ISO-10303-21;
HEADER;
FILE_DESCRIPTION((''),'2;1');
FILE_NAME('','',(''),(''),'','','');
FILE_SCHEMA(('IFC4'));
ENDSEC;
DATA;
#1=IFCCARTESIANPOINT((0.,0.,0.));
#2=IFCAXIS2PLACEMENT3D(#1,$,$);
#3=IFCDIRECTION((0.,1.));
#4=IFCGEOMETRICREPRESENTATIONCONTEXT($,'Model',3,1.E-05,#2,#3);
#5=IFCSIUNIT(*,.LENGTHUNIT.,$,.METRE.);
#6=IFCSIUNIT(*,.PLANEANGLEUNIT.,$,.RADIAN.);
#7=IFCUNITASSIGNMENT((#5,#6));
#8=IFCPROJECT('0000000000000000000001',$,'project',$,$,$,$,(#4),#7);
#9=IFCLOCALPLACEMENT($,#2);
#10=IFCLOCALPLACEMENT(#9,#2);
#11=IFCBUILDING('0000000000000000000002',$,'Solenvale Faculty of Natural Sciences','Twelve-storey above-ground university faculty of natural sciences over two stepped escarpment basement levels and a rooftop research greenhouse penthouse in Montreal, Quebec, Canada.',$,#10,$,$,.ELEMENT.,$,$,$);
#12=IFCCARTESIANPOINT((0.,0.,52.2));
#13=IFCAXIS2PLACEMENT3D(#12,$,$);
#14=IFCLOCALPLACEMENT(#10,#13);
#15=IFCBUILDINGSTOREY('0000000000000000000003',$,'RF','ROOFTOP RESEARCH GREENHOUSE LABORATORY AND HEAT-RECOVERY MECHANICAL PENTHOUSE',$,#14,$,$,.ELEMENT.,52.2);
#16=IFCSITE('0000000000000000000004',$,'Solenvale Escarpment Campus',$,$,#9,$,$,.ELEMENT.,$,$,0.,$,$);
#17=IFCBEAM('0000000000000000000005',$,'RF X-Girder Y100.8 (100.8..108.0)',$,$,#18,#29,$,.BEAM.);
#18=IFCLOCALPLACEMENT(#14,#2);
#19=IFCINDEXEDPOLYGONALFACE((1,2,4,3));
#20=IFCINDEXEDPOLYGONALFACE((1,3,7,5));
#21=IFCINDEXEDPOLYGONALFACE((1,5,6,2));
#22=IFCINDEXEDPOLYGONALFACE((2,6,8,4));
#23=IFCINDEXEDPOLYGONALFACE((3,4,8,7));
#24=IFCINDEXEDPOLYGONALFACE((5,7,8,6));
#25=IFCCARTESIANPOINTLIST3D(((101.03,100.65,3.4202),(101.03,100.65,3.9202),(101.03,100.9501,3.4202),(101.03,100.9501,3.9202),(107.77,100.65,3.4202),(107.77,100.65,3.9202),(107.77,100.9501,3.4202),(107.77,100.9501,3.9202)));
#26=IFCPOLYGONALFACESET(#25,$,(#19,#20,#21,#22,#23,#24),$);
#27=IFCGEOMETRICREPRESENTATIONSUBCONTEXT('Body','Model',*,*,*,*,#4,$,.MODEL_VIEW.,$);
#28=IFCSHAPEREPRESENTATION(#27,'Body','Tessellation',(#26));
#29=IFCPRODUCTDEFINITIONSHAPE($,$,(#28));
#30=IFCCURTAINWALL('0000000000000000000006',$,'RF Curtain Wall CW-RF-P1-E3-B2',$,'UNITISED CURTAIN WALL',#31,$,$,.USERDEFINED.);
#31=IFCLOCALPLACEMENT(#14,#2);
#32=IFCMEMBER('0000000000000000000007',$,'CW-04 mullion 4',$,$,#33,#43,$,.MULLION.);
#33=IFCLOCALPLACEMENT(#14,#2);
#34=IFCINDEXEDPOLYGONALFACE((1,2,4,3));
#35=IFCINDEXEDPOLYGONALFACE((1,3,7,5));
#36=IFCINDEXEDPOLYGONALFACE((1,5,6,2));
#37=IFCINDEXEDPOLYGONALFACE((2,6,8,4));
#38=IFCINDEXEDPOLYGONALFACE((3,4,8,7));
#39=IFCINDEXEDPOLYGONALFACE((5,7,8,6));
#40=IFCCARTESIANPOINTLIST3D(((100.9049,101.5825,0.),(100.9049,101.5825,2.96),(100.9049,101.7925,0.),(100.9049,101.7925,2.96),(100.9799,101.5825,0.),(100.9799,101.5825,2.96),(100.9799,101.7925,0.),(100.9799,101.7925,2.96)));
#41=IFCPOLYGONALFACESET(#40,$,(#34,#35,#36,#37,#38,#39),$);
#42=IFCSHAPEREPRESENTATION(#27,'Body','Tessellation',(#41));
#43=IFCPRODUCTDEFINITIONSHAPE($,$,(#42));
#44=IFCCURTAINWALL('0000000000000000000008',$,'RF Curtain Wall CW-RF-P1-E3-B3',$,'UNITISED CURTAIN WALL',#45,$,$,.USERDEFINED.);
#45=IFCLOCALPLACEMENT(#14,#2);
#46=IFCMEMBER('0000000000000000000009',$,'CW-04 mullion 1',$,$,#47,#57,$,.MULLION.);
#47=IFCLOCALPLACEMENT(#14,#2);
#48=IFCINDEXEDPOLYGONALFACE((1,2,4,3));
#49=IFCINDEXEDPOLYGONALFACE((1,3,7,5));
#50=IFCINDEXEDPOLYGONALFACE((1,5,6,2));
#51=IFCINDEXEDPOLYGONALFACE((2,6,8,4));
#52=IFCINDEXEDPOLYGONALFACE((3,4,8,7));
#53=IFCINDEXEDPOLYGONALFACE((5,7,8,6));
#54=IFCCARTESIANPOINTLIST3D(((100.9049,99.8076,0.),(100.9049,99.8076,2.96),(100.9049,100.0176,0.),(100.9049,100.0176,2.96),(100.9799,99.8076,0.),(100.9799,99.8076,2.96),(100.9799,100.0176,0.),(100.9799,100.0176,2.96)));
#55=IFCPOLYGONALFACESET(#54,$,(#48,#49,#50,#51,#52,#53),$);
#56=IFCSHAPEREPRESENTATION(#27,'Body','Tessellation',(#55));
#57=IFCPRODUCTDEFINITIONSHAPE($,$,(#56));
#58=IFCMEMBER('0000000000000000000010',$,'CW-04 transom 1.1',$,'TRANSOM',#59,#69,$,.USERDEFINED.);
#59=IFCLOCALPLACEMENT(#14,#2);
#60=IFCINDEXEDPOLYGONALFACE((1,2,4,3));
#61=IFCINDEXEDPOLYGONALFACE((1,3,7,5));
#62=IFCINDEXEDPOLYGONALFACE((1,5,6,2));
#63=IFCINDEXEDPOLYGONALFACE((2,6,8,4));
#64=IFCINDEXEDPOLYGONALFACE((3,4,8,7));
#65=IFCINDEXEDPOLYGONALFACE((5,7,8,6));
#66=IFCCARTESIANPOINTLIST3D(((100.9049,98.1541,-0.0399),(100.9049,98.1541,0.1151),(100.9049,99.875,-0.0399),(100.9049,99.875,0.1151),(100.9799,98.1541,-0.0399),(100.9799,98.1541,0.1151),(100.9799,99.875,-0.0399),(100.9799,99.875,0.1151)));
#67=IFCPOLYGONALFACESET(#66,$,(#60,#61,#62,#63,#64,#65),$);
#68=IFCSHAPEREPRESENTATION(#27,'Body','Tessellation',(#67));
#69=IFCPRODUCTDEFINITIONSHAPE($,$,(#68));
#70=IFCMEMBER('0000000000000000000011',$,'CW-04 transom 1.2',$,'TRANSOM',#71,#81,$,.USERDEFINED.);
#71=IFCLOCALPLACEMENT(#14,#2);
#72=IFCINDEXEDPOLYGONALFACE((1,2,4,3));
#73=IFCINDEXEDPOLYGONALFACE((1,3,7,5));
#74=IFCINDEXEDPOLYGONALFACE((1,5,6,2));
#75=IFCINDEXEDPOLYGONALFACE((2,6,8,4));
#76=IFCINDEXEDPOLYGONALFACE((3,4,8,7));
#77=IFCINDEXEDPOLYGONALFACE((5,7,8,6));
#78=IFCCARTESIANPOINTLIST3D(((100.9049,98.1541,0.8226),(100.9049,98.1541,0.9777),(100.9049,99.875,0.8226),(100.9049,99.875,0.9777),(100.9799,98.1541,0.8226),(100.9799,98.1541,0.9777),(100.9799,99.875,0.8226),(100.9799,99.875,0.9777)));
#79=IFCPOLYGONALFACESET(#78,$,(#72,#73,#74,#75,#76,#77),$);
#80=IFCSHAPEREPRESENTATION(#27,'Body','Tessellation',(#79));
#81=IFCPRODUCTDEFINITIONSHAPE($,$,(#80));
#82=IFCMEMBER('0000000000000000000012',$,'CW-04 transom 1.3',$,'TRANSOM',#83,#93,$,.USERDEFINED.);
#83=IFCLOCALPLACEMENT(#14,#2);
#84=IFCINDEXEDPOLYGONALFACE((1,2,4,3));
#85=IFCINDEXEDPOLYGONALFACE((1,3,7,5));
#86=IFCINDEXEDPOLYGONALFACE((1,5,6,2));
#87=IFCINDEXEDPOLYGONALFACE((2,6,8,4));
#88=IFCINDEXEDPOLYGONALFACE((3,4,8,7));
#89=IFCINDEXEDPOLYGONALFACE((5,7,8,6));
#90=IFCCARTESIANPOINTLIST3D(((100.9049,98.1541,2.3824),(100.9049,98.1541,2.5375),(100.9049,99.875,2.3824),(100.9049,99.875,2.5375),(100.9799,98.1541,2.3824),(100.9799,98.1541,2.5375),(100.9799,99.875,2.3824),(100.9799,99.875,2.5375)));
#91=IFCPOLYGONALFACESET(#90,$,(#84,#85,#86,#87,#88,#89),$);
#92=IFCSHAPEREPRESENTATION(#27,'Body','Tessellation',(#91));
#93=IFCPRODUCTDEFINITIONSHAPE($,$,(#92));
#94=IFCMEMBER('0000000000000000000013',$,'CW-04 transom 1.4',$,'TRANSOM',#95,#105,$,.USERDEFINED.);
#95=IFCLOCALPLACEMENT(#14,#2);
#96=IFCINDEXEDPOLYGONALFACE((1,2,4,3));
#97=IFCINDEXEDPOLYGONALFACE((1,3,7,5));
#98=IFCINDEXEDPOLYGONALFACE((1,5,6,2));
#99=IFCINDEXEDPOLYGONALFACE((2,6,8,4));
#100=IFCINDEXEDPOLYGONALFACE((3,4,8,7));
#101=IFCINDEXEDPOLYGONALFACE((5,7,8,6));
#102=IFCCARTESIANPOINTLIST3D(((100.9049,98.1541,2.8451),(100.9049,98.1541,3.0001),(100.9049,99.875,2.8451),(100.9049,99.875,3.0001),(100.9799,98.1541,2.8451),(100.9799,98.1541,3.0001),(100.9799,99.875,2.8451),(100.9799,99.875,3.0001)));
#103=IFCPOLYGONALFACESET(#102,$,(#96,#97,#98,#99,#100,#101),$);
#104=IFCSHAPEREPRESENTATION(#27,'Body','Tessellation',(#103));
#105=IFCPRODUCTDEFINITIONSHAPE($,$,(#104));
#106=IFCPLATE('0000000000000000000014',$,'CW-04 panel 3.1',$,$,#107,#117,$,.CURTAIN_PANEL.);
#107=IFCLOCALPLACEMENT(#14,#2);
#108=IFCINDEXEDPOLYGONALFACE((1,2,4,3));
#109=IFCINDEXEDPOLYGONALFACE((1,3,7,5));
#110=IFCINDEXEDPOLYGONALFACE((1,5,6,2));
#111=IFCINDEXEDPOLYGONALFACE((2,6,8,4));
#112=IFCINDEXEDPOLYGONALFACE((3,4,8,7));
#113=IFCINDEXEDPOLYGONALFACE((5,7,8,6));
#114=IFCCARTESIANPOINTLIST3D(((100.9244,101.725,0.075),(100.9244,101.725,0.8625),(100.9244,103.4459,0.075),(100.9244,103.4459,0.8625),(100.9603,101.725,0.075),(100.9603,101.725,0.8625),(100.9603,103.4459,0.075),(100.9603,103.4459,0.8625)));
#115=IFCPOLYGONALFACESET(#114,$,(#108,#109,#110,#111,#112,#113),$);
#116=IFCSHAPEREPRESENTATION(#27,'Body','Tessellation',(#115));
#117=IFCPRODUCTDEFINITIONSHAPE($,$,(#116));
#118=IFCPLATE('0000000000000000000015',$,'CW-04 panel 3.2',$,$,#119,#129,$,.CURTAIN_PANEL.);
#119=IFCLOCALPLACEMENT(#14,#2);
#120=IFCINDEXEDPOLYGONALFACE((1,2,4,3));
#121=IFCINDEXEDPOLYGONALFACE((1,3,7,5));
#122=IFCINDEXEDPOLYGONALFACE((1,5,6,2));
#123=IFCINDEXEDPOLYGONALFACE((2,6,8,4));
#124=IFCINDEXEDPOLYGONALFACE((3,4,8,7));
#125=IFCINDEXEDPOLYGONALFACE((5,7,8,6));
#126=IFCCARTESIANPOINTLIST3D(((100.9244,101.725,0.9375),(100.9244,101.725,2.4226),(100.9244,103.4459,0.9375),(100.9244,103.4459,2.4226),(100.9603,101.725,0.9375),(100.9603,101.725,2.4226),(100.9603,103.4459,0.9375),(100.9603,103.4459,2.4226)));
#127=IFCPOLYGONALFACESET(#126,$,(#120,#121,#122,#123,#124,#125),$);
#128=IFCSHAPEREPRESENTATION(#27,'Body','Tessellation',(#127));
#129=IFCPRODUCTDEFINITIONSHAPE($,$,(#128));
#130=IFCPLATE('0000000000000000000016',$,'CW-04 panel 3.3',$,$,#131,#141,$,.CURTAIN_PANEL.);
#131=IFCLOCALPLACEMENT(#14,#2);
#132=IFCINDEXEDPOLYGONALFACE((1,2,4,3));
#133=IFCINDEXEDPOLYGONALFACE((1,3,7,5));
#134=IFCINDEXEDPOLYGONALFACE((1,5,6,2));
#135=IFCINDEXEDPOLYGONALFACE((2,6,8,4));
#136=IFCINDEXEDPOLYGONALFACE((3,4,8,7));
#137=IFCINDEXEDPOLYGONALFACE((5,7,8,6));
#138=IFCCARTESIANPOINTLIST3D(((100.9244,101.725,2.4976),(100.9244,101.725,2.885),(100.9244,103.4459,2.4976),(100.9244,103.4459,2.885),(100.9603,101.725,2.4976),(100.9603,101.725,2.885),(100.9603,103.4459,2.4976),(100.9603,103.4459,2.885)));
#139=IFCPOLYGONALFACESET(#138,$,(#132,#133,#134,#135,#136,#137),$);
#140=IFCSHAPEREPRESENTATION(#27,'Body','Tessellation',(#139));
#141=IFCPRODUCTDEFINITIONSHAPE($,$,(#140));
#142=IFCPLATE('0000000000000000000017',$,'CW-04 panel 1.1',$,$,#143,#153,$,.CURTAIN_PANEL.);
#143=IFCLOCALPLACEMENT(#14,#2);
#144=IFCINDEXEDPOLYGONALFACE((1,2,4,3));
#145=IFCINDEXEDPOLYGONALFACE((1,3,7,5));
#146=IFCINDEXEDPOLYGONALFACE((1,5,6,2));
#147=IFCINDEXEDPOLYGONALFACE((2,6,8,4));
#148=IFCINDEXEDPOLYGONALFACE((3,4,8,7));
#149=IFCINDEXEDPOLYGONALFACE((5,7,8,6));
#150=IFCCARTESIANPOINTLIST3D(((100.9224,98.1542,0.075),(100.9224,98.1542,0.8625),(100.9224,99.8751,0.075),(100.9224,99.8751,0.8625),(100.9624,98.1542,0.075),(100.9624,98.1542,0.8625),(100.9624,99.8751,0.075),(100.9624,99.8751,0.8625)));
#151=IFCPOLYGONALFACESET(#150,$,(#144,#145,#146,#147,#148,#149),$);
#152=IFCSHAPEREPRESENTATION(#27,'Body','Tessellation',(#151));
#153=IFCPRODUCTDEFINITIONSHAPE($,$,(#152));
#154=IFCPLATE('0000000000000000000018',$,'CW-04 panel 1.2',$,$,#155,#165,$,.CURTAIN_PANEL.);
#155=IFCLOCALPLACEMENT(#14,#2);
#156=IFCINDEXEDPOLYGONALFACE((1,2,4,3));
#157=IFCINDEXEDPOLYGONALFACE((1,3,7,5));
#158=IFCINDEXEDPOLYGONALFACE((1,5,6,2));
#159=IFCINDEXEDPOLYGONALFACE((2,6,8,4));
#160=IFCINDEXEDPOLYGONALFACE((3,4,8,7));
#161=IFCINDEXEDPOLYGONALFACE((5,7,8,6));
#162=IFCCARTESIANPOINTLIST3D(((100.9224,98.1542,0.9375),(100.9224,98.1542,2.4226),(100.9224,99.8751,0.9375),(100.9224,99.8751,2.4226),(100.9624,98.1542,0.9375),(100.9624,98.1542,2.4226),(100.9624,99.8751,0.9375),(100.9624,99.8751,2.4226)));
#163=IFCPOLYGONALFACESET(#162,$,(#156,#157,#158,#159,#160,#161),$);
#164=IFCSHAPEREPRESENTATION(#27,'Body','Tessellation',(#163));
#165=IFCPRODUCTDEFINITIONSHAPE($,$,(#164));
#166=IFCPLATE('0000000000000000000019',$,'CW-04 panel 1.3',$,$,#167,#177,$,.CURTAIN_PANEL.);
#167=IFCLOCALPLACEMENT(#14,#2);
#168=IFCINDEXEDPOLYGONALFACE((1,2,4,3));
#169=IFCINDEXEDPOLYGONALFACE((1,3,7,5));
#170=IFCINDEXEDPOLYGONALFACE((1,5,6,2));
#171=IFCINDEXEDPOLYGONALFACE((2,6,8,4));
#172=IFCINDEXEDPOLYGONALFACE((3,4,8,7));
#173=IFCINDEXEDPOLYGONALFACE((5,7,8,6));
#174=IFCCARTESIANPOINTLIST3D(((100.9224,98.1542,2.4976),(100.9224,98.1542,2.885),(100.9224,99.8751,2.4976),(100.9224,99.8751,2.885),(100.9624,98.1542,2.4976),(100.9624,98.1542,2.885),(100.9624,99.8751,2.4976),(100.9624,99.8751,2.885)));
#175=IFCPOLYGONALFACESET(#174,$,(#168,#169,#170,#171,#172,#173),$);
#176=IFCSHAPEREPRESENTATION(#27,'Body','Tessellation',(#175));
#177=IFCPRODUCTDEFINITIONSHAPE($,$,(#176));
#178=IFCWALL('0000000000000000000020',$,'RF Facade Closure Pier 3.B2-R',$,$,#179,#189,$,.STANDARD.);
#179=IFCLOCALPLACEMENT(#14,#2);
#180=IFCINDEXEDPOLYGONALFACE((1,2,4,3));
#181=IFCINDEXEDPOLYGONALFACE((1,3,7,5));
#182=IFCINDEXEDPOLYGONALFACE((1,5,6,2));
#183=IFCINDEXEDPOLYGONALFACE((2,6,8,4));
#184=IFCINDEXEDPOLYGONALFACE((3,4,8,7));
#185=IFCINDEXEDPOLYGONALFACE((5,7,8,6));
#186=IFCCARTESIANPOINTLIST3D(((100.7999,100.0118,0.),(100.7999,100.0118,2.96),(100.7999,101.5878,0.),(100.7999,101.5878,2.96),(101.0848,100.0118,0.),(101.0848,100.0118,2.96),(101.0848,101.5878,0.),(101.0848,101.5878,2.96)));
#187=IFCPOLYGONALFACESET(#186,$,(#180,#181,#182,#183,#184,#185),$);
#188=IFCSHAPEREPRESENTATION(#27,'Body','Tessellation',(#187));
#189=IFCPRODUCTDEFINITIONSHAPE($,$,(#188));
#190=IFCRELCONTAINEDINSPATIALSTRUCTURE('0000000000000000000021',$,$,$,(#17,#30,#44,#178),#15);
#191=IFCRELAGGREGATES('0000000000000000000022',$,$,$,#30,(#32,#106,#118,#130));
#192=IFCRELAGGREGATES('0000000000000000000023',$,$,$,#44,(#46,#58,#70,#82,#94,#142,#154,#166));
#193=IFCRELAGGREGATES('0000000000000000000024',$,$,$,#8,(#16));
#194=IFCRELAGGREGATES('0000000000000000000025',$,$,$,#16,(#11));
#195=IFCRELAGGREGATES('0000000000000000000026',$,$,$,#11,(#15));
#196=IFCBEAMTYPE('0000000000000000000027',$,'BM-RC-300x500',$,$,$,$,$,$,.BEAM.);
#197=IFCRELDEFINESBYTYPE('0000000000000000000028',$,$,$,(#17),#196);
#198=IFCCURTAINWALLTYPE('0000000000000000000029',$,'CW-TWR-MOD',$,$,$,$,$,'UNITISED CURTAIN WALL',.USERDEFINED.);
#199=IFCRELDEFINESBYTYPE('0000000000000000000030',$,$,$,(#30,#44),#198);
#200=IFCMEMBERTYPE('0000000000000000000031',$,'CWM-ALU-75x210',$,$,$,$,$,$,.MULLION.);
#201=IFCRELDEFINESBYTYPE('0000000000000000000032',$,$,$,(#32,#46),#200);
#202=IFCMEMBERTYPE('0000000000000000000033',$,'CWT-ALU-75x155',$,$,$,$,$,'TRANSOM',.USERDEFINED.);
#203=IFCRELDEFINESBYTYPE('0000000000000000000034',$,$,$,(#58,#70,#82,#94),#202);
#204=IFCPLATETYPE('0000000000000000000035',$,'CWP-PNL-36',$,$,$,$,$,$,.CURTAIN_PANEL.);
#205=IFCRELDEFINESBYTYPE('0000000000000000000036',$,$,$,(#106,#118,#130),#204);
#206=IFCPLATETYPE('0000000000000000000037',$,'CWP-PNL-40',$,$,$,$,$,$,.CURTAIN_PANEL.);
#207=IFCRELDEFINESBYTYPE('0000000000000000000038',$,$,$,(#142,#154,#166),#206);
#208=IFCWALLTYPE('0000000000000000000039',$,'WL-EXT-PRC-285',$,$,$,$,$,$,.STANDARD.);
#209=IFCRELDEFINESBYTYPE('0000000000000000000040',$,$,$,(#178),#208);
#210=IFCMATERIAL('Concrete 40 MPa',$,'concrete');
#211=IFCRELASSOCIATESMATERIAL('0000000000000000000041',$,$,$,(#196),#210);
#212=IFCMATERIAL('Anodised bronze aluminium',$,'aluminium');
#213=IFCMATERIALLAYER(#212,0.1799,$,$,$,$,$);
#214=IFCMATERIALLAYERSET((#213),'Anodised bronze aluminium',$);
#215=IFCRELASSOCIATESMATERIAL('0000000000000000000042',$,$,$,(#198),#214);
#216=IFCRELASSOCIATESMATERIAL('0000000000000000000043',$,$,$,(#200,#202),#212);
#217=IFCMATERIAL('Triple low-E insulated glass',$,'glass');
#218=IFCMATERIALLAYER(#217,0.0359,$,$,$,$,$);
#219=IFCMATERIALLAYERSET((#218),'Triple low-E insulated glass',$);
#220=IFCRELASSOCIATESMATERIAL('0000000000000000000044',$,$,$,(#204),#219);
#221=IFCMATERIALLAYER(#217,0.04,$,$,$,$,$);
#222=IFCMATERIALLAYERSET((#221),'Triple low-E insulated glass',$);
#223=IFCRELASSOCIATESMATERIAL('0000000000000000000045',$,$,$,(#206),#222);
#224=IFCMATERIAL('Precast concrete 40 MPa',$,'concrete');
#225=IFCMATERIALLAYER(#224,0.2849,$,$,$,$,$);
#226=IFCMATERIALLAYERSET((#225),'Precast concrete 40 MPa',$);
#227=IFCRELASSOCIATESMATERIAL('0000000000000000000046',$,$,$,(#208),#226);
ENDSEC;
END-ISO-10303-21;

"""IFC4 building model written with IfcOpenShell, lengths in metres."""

from ifc_helpers import new_model, si_unit, direction, frame, frame_2d, origin, origin_2d, place, context, subcontext, project, spatial, rectangle, extrude, material, layer, layer_set, material_profile, profile_set, type_object, element, aggregate, save


model = new_model("IFC4")

# Units and contexts
model_context = context("Model", 3, precision=1e-05, world=origin(), true_north=direction((0.0, 1.0)))
body_context = subcontext(model_context, "Body", "Model", "MODEL_VIEW")
ifc_project = project(units=[si_unit("LENGTHUNIT", "METRE"), si_unit("PLANEANGLEUNIT", "RADIAN")], contexts=[model_context])

# Site, building, storey
site_placement = place(None, origin())
site = spatial("IfcSite", under=ifc_project, at=site_placement, Name="Solenvale Escarpment Campus", CompositionType="ELEMENT", RefElevation=0.0)
building_placement = place(site_placement, origin())
building = spatial("IfcBuilding", under=site, at=building_placement, Name="Solenvale Faculty of Natural Sciences", Description="Twelve-storey above-ground university faculty of natural sciences over two stepped escarpment basement levels and a rooftop research greenhouse penthouse in Montreal, Quebec, Canada.", CompositionType="ELEMENT")
storey_placement = place(building_placement, frame((0.0, 0.0, 52.2)))
storey = spatial("IfcBuildingStorey", under=building, at=storey_placement, Name="RF", Description="ROOFTOP RESEARCH GREENHOUSE LABORATORY AND HEAT-RECOVERY MECHANICAL PENTHOUSE", CompositionType="ELEMENT", Elevation=52.2)

# Beam
ifc_material_1 = material(Name="Concrete 40 MPa", Category="concrete")
ifc_material_profile_1 = material_profile(ifc_material_1, rectangle(XDim=0.3, YDim=0.5, at=origin_2d()), Name="RC-BM-300x500")
ifc_profile_set_1 = profile_set([ifc_material_profile_1], Name="Concrete 40 MPa")
beam_type = type_object("IfcBeamType", Name="BM-RC-300x500", PredefinedType="BEAM", material=ifc_profile_set_1)
beam_placement = place(storey_placement, frame((101.03, 100.8, 3.6702), z_axis=(1.0, 0.0, 0.0), x_axis=(0.0, 1.0, 0.0)))
element("IfcBeam", 1, at=beam_placement, inside=storey, type_object=beam_type, Name="RF X-Girder Y100.8 (100.8..108.0)", PredefinedType="BEAM", context=body_context, shape_type="SweptSolid", body=[
    extrude(rectangle(XDim=0.3, YDim=0.5, at=origin_2d()), origin(), (0.0, 0.0, 1.0), 6.74),
])

# Curtain wall, member
ifc_material_2 = material(Name="Anodised bronze aluminium", Category="aluminium")
ifc_layer_1 = layer(ifc_material_2, 0.1799)
ifc_layer_set_1 = layer_set([ifc_layer_1], Name="Anodised bronze aluminium")
curtain_wall_type = type_object("IfcCurtainWallType", Name="CW-TWR-MOD", ElementType="UNITISED CURTAIN WALL", PredefinedType="USERDEFINED", material=ifc_layer_set_1)
curtain_wall_1_placement = place(storey_placement, origin())
curtain_wall_1 = element("IfcCurtainWall", 2, at=curtain_wall_1_placement, inside=storey, type_object=curtain_wall_type, Name="RF Curtain Wall CW-RF-P1-E3-B2", ObjectType="UNITISED CURTAIN WALL", PredefinedType="USERDEFINED")
ifc_material_profile_2 = material_profile(ifc_material_2, rectangle(XDim=0.075, YDim=0.21, at=origin_2d()), Name="ALU-MUL-75x210")
ifc_profile_set_2 = profile_set([ifc_material_profile_2], Name="Anodised bronze aluminium")
member_type_1 = type_object("IfcMemberType", Name="CWM-ALU-75x210", PredefinedType="MULLION", material=ifc_profile_set_2)
member_1_placement = place(storey_placement, frame((100.9424, 101.6875, 0.0), z_axis=(0.0, 0.0, 1.0), x_axis=(1.0, 0.0, 0.0)))
member_1 = element("IfcMember", 3, at=member_1_placement, type_object=member_type_1, Name="CW-04 mullion 4", PredefinedType="MULLION", context=body_context, shape_type="SweptSolid", body=[
    extrude(rectangle(XDim=0.075, YDim=0.21, at=origin_2d()), origin(), (0.0, 0.0, 1.0), 2.96),
])

# Curtain wall, members
curtain_wall_2_placement = place(storey_placement, origin())
curtain_wall_2 = element("IfcCurtainWall", 4, at=curtain_wall_2_placement, inside=storey, type_object=curtain_wall_type, Name="RF Curtain Wall CW-RF-P1-E3-B3", ObjectType="UNITISED CURTAIN WALL", PredefinedType="USERDEFINED")
member_2_placement = place(storey_placement, frame((100.9424, 99.9126, 0.0), z_axis=(0.0, 0.0, 1.0), x_axis=(1.0, 0.0, 0.0)))
member_2 = element("IfcMember", 5, at=member_2_placement, type_object=member_type_1, Name="CW-04 mullion 1", PredefinedType="MULLION", context=body_context, shape_type="SweptSolid", body=[
    extrude(rectangle(XDim=0.075, YDim=0.21, at=origin_2d()), origin(), (0.0, 0.0, 1.0), 2.96),
])
ifc_material_profile_3 = material_profile(ifc_material_2, rectangle(XDim=0.075, YDim=0.155, at=origin_2d()), Name="ALU-TRN-75x155")
ifc_profile_set_3 = profile_set([ifc_material_profile_3], Name="Anodised bronze aluminium")
member_type_2 = type_object("IfcMemberType", Name="CWT-ALU-75x155", ElementType="TRANSOM", PredefinedType="USERDEFINED", material=ifc_profile_set_3)
member_3_placement = place(storey_placement, frame((100.9424, 99.875, 0.0376), z_axis=(0.0, -1.0, 0.0), x_axis=(1.0, 0.0, 0.0)))
member_3 = element("IfcMember", 6, at=member_3_placement, type_object=member_type_2, Name="CW-04 transom 1.1", ObjectType="TRANSOM", PredefinedType="USERDEFINED", context=body_context, shape_type="SweptSolid", body=[
    extrude(rectangle(XDim=0.075, YDim=0.155, at=origin_2d()), origin(), (0.0, 0.0, 1.0), 1.7209),
])
member_4_placement = place(storey_placement, frame((100.9424, 99.875, 0.9001), z_axis=(0.0, -1.0, 0.0), x_axis=(1.0, 0.0, 0.0)))
member_4 = element("IfcMember", 7, at=member_4_placement, type_object=member_type_2, Name="CW-04 transom 1.2", ObjectType="TRANSOM", PredefinedType="USERDEFINED", context=body_context, shape_type="SweptSolid", body=[
    extrude(rectangle(XDim=0.075, YDim=0.155, at=origin_2d()), origin(), (0.0, 0.0, 1.0), 1.7209),
])
member_5_placement = place(storey_placement, frame((100.9424, 99.875, 2.46), z_axis=(0.0, -1.0, 0.0), x_axis=(1.0, 0.0, 0.0)))
member_5 = element("IfcMember", 8, at=member_5_placement, type_object=member_type_2, Name="CW-04 transom 1.3", ObjectType="TRANSOM", PredefinedType="USERDEFINED", context=body_context, shape_type="SweptSolid", body=[
    extrude(rectangle(XDim=0.075, YDim=0.155, at=origin_2d()), origin(), (0.0, 0.0, 1.0), 1.7209),
])
member_6_placement = place(storey_placement, frame((100.9424, 99.875, 2.9226), z_axis=(0.0, -1.0, 0.0), x_axis=(1.0, 0.0, 0.0)))
member_6 = element("IfcMember", 9, at=member_6_placement, type_object=member_type_2, Name="CW-04 transom 1.4", ObjectType="TRANSOM", PredefinedType="USERDEFINED", context=body_context, shape_type="SweptSolid", body=[
    extrude(rectangle(XDim=0.075, YDim=0.155, at=origin_2d()), origin(), (0.0, 0.0, 1.0), 1.7209),
])

# Plates
ifc_material_3 = material(Name="Triple low-E insulated glass", Category="glass")
ifc_layer_2 = layer(ifc_material_3, 0.0359)
ifc_layer_set_2 = layer_set([ifc_layer_2], Name="Triple low-E insulated glass")
plate_type_1 = type_object("IfcPlateType", Name="CWP-PNL-36", PredefinedType="CURTAIN_PANEL", material=ifc_layer_set_2)
plate_1_placement = place(storey_placement, frame((100.9424, 102.5854, 0.075), z_axis=(0.0, 0.0, 1.0), x_axis=(0.0, -1.0, 0.0)))
plate_1 = element("IfcPlate", 10, at=plate_1_placement, type_object=plate_type_1, Name="CW-04 panel 3.1", PredefinedType="CURTAIN_PANEL", context=body_context, shape_type="SweptSolid", body=[
    extrude(rectangle(XDim=1.7209, YDim=0.0359, at=origin_2d()), origin(), (0.0, 0.0, 1.0), 0.7876),
])
plate_2_placement = place(storey_placement, frame((100.9424, 102.5854, 0.9375), z_axis=(0.0, 0.0, 1.0), x_axis=(0.0, -1.0, 0.0)))
plate_2 = element("IfcPlate", 11, at=plate_2_placement, type_object=plate_type_1, Name="CW-04 panel 3.2", PredefinedType="CURTAIN_PANEL", context=body_context, shape_type="SweptSolid", body=[
    extrude(rectangle(XDim=1.7209, YDim=0.0359, at=origin_2d()), origin(), (0.0, 0.0, 1.0), 1.4851),
])
plate_3_placement = place(storey_placement, frame((100.9424, 102.5854, 2.4976), z_axis=(0.0, 0.0, 1.0), x_axis=(0.0, -1.0, 0.0)))
plate_3 = element("IfcPlate", 12, at=plate_3_placement, type_object=plate_type_1, Name="CW-04 panel 3.3", PredefinedType="CURTAIN_PANEL", context=body_context, shape_type="SweptSolid", body=[
    extrude(rectangle(XDim=1.7209, YDim=0.0359, at=origin_2d()), origin(), (0.0, 0.0, 1.0), 0.3875),
])
aggregate(curtain_wall_1, [member_1, plate_1, plate_2, plate_3])
ifc_layer_3 = layer(ifc_material_3, 0.04)
ifc_layer_set_3 = layer_set([ifc_layer_3], Name="Triple low-E insulated glass")
plate_type_2 = type_object("IfcPlateType", Name="CWP-PNL-40", PredefinedType="CURTAIN_PANEL", material=ifc_layer_set_3)
plate_4_placement = place(storey_placement, frame((100.9424, 99.0146, 0.075), z_axis=(0.0, 0.0, 1.0), x_axis=(0.0, -1.0, 0.0)))
plate_4 = element("IfcPlate", 13, at=plate_4_placement, type_object=plate_type_2, Name="CW-04 panel 1.1", PredefinedType="CURTAIN_PANEL", context=body_context, shape_type="SweptSolid", body=[
    extrude(rectangle(XDim=1.7209, YDim=0.04, at=origin_2d()), origin(), (0.0, 0.0, 1.0), 0.7876),
])
plate_5_placement = place(storey_placement, frame((100.9424, 99.0146, 0.9375), z_axis=(0.0, 0.0, 1.0), x_axis=(0.0, -1.0, 0.0)))
plate_5 = element("IfcPlate", 14, at=plate_5_placement, type_object=plate_type_2, Name="CW-04 panel 1.2", PredefinedType="CURTAIN_PANEL", context=body_context, shape_type="SweptSolid", body=[
    extrude(rectangle(XDim=1.7209, YDim=0.04, at=origin_2d()), origin(), (0.0, 0.0, 1.0), 1.4851),
])
plate_6_placement = place(storey_placement, frame((100.9424, 99.0146, 2.4976), z_axis=(0.0, 0.0, 1.0), x_axis=(0.0, -1.0, 0.0)))
plate_6 = element("IfcPlate", 15, at=plate_6_placement, type_object=plate_type_2, Name="CW-04 panel 1.3", PredefinedType="CURTAIN_PANEL", context=body_context, shape_type="SweptSolid", body=[
    extrude(rectangle(XDim=1.7209, YDim=0.04, at=origin_2d()), origin(), (0.0, 0.0, 1.0), 0.3875),
])
aggregate(curtain_wall_2, [member_2, member_3, member_4, member_5, member_6, plate_4, plate_5, plate_6])

# Wall
ifc_material_4 = material(Name="Precast concrete 40 MPa", Category="concrete")
ifc_layer_4 = layer(ifc_material_4, 0.2849)
ifc_layer_set_4 = layer_set([ifc_layer_4], Name="Precast concrete 40 MPa")
wall_type_1 = type_object("IfcWallType", Name="WL-EXT-PRC-285", PredefinedType="STANDARD", material=ifc_layer_set_4)
wall_1_placement = place(storey_placement, frame((100.9424, 101.5879, 0.0), z_axis=(0.0, 0.0, 1.0), x_axis=(0.0, -1.0, 0.0)))
element("IfcWall", 16, at=wall_1_placement, inside=storey, type_object=wall_type_1, Name="RF Facade Closure Pier 3.B2-R", PredefinedType="STANDARD", context=body_context, shape_type="SweptSolid", body=[
    extrude(rectangle(XDim=1.5759, YDim=0.2849, at=frame_2d((0.7881, 0.0))), origin(), (0.0, 0.0, 1.0), 2.96),
])

save(model, "model.ifc")
